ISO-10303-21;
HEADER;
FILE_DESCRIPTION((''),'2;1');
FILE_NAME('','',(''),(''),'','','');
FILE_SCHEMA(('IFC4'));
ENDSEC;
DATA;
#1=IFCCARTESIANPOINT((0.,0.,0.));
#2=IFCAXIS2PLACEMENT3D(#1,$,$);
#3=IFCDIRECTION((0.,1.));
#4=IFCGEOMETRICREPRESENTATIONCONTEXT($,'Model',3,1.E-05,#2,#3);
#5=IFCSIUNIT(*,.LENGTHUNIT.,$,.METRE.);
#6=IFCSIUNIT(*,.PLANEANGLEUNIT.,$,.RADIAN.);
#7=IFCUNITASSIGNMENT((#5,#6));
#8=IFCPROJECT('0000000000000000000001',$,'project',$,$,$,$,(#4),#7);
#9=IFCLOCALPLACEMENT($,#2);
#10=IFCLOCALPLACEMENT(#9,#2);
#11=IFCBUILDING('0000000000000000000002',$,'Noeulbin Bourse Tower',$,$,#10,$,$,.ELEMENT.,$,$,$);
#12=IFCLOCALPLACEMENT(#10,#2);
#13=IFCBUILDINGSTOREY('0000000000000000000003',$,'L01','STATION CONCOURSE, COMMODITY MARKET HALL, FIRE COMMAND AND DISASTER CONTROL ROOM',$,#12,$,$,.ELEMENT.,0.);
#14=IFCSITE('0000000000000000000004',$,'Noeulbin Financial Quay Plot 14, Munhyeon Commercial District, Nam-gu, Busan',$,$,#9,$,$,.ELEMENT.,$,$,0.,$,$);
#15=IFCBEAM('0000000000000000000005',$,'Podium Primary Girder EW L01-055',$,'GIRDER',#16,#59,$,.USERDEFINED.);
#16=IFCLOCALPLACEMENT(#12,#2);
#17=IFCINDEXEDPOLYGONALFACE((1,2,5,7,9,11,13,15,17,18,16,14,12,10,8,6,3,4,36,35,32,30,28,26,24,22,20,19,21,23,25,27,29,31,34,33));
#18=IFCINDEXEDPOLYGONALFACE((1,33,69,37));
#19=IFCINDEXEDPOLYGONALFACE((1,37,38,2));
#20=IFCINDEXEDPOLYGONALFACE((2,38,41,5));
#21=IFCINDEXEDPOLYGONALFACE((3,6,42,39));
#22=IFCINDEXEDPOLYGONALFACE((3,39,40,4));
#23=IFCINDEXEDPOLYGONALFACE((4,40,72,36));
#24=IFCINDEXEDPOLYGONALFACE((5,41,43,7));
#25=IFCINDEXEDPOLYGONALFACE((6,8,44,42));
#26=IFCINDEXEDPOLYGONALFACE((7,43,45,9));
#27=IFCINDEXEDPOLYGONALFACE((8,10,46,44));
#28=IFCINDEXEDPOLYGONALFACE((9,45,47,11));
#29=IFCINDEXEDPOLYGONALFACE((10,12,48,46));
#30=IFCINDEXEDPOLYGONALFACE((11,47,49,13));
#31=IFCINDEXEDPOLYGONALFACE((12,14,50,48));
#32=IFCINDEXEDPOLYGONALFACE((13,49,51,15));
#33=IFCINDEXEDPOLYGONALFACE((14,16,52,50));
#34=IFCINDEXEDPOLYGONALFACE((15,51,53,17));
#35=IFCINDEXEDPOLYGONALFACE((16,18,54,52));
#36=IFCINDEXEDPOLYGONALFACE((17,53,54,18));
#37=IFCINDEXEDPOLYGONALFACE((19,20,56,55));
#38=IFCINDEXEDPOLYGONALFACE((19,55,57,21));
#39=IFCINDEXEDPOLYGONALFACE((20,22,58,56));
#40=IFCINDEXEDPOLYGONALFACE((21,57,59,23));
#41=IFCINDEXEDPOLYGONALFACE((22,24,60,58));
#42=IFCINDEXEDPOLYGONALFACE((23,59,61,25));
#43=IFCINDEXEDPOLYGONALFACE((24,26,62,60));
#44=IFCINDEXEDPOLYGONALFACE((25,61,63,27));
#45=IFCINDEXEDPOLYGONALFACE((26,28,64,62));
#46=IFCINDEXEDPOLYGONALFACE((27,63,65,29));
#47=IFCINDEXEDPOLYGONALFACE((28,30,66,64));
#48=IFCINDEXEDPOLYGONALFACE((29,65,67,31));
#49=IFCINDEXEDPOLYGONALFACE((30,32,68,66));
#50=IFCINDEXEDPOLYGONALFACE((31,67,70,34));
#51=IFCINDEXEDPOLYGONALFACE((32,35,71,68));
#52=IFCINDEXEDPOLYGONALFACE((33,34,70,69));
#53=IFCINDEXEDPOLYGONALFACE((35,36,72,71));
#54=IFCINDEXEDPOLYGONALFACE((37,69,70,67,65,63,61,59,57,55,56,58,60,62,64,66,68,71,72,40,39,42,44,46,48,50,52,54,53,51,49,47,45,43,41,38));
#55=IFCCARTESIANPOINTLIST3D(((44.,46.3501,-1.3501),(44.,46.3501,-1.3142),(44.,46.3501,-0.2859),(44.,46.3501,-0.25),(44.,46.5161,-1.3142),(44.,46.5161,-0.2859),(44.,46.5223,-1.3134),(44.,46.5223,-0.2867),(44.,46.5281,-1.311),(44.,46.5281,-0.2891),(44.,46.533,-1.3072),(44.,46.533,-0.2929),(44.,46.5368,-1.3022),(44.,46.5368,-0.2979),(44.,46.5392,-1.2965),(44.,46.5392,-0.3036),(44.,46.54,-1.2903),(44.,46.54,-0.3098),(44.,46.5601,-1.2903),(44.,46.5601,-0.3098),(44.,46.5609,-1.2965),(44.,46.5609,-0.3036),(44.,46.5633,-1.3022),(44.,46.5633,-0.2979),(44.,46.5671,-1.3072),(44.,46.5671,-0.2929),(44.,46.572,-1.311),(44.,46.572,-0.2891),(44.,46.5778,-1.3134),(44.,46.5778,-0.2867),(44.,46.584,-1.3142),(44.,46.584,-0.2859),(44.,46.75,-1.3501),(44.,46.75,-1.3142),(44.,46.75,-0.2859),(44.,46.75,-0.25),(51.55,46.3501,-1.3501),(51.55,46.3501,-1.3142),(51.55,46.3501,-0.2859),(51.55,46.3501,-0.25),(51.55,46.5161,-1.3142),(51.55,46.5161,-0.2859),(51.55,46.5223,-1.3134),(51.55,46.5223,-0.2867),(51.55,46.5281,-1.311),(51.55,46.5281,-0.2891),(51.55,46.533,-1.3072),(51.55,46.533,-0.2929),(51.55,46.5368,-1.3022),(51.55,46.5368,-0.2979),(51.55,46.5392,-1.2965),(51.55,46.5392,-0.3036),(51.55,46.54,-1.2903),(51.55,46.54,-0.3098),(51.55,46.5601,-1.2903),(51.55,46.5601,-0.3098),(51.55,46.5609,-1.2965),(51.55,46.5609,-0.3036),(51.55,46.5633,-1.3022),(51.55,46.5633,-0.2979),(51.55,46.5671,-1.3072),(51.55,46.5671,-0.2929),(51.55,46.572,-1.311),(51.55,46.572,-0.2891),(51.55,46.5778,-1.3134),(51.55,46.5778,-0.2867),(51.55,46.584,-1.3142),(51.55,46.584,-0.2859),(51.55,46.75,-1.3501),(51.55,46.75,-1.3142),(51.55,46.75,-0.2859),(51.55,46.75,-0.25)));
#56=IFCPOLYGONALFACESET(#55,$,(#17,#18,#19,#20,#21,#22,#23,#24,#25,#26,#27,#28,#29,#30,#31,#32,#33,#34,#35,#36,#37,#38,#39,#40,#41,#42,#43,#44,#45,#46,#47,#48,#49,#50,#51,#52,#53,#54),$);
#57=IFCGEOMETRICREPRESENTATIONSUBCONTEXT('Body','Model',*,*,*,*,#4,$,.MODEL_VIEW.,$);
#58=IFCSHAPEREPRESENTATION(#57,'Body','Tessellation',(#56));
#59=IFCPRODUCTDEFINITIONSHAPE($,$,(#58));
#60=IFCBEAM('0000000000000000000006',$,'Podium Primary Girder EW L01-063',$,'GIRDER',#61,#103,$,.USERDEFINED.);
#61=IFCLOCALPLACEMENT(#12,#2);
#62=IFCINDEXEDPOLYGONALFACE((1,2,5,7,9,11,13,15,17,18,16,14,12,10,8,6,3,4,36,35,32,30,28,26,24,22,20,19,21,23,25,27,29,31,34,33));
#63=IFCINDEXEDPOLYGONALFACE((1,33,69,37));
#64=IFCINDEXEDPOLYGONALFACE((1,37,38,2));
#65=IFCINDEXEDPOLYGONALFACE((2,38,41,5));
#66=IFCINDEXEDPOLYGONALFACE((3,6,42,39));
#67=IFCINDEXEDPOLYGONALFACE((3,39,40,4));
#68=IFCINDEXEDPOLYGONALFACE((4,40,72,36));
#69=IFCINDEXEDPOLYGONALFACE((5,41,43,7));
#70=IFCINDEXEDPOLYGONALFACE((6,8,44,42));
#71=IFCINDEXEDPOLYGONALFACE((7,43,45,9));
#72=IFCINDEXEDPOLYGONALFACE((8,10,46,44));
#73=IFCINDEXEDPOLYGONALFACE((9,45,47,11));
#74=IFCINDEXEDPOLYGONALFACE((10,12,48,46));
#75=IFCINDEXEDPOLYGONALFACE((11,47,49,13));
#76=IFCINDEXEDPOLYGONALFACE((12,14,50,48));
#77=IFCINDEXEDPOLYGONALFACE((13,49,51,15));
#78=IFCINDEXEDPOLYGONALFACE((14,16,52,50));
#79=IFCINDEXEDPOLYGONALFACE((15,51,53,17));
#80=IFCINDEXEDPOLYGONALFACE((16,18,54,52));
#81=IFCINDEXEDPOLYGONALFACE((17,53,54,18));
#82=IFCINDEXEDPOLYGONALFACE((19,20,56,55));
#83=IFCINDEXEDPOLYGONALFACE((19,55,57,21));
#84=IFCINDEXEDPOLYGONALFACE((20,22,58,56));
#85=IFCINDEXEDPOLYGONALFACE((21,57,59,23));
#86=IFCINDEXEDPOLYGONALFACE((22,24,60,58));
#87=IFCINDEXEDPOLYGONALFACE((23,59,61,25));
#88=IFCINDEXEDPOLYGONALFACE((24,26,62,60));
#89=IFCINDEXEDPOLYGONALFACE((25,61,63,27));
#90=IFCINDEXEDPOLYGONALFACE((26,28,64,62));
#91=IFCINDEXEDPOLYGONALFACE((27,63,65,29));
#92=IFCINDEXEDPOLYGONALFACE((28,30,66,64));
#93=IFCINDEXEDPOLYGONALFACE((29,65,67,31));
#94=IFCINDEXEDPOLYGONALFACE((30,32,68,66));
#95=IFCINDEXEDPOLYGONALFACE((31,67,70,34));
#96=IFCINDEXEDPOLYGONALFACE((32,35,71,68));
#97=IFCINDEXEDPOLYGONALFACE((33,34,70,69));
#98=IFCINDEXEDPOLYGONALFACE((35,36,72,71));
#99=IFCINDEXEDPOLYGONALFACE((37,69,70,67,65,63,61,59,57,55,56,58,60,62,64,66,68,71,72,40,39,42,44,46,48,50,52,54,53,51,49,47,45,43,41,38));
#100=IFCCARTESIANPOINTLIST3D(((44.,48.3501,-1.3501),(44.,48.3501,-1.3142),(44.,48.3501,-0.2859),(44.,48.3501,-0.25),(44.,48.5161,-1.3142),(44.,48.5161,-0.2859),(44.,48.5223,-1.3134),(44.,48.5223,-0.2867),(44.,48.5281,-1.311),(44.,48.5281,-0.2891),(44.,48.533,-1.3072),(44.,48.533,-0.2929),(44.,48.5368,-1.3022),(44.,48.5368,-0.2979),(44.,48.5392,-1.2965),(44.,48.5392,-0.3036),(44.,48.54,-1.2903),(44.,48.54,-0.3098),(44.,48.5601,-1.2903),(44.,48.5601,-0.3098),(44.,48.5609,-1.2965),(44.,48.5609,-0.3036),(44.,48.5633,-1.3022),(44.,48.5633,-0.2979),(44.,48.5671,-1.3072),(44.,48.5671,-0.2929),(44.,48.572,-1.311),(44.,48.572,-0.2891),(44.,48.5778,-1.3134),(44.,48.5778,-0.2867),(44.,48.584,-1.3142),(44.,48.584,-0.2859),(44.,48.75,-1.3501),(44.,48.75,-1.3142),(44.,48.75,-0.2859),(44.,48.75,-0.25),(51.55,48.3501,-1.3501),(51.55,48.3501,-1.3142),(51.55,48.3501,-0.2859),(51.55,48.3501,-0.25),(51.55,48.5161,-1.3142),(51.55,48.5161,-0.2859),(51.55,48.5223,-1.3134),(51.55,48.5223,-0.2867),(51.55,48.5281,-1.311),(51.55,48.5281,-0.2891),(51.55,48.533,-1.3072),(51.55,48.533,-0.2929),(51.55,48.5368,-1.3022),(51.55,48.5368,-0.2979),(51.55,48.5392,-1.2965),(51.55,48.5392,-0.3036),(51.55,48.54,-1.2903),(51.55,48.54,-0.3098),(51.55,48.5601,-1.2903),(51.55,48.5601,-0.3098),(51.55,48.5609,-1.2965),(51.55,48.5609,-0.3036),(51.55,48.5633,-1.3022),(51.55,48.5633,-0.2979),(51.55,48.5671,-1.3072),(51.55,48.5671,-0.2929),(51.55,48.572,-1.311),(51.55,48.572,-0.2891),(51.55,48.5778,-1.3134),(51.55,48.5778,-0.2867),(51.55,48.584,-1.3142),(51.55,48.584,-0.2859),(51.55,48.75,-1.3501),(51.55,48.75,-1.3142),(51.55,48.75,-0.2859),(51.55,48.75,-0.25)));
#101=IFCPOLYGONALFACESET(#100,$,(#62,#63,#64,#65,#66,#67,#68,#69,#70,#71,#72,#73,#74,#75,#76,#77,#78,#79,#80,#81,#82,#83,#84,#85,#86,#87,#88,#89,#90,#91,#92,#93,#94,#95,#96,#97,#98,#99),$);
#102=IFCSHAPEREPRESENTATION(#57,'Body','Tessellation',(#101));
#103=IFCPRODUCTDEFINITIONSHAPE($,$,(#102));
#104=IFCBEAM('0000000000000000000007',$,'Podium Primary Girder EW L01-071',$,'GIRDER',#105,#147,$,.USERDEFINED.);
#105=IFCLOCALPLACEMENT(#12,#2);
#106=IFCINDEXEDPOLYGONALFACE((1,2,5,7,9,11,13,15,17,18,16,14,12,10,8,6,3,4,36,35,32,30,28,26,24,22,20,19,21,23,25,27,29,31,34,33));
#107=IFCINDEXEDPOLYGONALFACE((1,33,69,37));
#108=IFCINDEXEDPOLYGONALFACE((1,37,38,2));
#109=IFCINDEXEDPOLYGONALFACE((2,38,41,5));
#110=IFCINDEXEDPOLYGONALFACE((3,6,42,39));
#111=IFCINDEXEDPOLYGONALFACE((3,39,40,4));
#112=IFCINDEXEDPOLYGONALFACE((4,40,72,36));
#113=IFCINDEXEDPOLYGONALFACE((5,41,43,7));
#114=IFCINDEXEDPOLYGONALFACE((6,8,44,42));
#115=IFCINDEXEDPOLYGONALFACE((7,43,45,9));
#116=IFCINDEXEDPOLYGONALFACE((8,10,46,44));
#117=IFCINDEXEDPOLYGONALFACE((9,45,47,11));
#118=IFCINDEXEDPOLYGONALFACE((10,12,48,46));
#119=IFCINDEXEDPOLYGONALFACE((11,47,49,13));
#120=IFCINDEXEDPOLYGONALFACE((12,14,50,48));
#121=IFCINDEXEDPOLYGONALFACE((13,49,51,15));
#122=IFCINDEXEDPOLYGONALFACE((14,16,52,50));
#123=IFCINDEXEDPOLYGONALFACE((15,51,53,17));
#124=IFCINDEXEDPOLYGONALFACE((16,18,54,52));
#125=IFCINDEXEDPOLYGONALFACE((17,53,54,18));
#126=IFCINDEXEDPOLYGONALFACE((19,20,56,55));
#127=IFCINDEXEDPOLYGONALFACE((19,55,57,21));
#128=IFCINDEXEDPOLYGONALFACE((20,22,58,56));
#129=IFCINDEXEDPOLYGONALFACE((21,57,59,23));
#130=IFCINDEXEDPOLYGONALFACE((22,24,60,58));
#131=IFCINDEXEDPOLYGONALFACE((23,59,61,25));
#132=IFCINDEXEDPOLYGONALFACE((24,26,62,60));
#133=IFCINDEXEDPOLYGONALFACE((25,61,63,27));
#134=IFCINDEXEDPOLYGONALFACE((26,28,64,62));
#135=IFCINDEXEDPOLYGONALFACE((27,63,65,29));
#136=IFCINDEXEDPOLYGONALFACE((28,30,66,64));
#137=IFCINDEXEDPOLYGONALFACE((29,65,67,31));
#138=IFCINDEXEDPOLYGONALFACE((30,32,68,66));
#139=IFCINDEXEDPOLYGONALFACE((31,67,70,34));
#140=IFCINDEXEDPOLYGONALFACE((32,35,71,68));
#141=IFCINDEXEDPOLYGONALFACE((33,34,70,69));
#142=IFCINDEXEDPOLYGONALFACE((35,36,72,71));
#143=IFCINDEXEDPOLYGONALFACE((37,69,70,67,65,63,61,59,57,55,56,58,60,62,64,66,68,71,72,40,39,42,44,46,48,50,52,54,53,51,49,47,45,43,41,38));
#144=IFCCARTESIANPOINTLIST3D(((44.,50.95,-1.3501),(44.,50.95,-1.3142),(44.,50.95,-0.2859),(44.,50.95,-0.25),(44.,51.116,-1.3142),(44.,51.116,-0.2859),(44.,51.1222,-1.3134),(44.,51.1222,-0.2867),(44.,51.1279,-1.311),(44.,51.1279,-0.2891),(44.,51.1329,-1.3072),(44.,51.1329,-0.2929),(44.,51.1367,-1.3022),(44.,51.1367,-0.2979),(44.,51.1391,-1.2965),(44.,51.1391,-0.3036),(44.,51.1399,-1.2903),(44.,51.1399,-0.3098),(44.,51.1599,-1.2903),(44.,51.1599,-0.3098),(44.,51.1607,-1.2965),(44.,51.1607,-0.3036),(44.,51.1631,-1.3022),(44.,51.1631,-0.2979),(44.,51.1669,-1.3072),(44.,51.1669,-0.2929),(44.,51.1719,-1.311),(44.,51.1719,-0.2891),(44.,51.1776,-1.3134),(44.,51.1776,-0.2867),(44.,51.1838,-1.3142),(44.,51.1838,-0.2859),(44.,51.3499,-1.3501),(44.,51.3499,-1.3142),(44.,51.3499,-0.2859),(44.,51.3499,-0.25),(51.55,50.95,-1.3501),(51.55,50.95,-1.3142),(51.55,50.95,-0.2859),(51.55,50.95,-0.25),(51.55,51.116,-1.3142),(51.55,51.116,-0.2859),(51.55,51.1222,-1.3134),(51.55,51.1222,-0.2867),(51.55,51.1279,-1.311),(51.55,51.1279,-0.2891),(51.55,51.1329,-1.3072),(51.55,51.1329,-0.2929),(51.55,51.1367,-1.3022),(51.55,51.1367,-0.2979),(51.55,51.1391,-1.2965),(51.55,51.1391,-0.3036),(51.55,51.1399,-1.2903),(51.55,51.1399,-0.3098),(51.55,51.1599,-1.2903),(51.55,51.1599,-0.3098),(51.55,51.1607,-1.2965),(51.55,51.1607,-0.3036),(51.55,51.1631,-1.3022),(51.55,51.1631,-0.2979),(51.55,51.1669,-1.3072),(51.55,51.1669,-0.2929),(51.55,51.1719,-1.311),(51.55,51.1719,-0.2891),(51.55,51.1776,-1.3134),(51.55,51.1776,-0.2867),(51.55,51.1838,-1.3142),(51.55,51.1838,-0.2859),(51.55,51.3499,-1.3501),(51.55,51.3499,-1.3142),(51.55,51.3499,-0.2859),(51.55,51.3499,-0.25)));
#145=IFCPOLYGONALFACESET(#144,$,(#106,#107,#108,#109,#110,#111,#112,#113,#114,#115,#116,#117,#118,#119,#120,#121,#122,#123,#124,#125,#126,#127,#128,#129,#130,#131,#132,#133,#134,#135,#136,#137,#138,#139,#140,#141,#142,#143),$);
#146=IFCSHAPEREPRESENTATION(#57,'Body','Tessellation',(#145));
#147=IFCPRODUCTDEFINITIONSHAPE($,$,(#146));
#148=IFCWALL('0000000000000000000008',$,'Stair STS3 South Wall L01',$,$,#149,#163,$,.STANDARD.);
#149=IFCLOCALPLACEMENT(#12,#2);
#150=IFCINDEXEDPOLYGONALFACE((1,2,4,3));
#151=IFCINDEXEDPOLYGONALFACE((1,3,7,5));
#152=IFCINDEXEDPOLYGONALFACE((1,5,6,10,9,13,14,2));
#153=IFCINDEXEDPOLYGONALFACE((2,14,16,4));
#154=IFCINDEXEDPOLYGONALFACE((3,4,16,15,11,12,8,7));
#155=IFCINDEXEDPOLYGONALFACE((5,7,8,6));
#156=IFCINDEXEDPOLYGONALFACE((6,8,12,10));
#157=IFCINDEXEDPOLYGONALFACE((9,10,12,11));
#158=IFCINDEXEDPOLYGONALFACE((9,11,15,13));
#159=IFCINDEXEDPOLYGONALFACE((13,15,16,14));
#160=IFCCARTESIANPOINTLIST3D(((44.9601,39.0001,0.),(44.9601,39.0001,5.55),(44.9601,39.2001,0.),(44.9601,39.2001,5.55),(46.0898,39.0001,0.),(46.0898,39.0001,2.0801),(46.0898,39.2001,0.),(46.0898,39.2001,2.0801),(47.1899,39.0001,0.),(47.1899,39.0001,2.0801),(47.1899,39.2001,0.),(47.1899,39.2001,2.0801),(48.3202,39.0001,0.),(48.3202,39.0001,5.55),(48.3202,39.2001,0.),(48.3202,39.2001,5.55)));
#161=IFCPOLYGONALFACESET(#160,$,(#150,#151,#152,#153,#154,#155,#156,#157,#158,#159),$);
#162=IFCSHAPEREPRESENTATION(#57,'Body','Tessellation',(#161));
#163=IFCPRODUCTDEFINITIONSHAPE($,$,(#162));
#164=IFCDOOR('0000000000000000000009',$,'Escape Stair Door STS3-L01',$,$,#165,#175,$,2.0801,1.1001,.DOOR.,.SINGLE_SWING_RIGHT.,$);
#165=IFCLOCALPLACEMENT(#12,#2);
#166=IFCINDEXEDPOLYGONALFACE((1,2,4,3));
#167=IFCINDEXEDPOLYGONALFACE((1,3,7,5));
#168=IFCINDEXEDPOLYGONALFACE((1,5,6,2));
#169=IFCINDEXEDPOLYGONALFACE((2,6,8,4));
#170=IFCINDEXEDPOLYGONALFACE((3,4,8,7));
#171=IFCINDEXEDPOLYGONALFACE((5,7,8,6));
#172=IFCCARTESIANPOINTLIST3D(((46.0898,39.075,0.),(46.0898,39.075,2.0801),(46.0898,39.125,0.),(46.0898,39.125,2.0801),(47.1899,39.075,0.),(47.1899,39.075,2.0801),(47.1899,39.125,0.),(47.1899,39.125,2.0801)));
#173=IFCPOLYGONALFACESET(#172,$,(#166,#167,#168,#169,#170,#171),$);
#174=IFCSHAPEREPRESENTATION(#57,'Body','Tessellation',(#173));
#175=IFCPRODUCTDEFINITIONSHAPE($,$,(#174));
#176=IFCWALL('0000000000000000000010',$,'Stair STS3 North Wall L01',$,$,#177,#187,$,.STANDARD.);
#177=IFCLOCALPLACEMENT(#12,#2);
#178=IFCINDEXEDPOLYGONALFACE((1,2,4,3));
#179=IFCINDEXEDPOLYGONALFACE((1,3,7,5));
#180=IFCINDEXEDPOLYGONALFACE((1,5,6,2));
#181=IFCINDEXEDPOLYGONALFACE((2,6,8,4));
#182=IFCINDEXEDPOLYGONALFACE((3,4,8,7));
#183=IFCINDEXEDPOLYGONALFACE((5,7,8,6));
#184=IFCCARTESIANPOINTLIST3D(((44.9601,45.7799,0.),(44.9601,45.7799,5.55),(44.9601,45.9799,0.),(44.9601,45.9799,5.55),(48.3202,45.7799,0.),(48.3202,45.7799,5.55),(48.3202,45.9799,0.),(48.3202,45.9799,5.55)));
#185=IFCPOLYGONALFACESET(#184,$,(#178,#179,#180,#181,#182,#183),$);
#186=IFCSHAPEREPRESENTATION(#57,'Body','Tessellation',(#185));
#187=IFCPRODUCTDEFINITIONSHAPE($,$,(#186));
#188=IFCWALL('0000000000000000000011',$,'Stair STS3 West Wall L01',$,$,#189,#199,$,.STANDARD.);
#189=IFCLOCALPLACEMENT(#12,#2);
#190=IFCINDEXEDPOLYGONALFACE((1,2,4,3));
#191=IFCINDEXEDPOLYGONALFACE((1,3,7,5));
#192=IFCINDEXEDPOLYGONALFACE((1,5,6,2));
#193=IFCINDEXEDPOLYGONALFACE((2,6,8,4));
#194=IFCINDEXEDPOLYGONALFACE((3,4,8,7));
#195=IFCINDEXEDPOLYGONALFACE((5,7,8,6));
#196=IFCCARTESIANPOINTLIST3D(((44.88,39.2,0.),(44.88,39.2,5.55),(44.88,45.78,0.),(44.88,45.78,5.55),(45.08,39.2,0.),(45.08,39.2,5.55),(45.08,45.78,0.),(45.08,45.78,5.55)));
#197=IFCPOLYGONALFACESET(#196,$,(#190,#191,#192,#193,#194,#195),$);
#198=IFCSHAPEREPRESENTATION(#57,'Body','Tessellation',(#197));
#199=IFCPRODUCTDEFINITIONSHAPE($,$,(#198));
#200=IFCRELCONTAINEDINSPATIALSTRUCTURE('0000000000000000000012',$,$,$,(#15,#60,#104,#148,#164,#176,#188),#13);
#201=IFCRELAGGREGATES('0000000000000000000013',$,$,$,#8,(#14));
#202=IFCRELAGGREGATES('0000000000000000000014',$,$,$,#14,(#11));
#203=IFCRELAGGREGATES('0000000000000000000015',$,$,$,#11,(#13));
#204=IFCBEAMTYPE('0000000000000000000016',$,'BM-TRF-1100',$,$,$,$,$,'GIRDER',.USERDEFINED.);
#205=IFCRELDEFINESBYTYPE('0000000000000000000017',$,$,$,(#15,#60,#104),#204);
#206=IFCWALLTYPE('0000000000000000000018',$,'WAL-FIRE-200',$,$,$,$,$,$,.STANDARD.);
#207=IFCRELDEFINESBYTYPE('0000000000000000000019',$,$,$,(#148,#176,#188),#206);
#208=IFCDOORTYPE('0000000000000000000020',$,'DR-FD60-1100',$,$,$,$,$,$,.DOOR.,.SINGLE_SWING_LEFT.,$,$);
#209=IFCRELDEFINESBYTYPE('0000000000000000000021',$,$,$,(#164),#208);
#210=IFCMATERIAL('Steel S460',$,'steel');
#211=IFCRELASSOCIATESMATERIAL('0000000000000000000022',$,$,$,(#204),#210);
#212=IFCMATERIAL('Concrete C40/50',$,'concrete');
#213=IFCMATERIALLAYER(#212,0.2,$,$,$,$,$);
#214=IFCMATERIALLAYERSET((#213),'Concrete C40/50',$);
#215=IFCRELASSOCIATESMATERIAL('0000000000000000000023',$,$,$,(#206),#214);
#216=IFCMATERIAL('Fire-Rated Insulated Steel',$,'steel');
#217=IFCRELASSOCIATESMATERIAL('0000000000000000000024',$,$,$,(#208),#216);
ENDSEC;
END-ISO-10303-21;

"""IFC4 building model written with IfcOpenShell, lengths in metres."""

from ifc_helpers import new_model, si_unit, direction, frame, frame_2d, origin, origin_2d, place, context, subcontext, project, spatial, rectangle, i_section, extrude, material, layer, layer_set, material_profile, profile_set, type_object, element, fill, save


model = new_model("IFC4")

# Units and contexts
model_context = context("Model", 3, precision=1e-05, world=origin(), true_north=direction((0.0, 1.0)))
body_context = subcontext(model_context, "Body", "Model", "MODEL_VIEW")
ifc_project = project(units=[si_unit("LENGTHUNIT", "METRE"), si_unit("PLANEANGLEUNIT", "RADIAN")], contexts=[model_context])

# Site, building, storey
site_placement = place(None, origin())
site = spatial("IfcSite", under=ifc_project, at=site_placement, Name="Noeulbin Financial Quay Plot 14, Munhyeon Commercial District, Nam-gu, Busan", CompositionType="ELEMENT", RefElevation=0.0)
building_placement = place(site_placement, origin())
building = spatial("IfcBuilding", under=site, at=building_placement, Name="Noeulbin Bourse Tower", CompositionType="ELEMENT")
storey_placement = place(building_placement, origin())
storey = spatial("IfcBuildingStorey", under=building, at=storey_placement, Name="L01", Description="STATION CONCOURSE, COMMODITY MARKET HALL, FIRE COMMAND AND DISASTER CONTROL ROOM", CompositionType="ELEMENT", Elevation=0.0)

# Beams
ifc_material_1 = material(Name="Steel S460", Category="steel")
ifc_material_profile_1 = material_profile(ifc_material_1, i_section(OverallWidth=0.3999, OverallDepth=1.1001, WebThickness=0.02, FlangeThickness=0.0359, FilletRadius=0.0239, at=origin_2d()), Name="PG-1100x400x20x36", Category="LoadBearing")
ifc_profile_set_1 = profile_set([ifc_material_profile_1], Name="Steel S460")
beam_type_1 = type_object("IfcBeamType", Name="BM-TRF-1100", ElementType="GIRDER", PredefinedType="USERDEFINED", material=ifc_profile_set_1)
for number, where, z_axis, x_axis, name in (
    (1, (44.0, 46.55, -0.8), (1.0, 0.0, 0.0), (0.0, 1.0, 0.0), "Podium Primary Girder EW L01-055"),
    (2, (44.0, 48.55, -0.8), (1.0, 0.0, 0.0), (0.0, 1.0, 0.0), "Podium Primary Girder EW L01-063"),
    (3, (44.0, 51.1499, -0.8), (1.0, 0.0, 0.0), (0.0, 1.0, 0.0), "Podium Primary Girder EW L01-071"),
):
    element("IfcBeam", number, at=place(storey_placement, frame(where, z_axis=z_axis, x_axis=x_axis)), inside=storey, type_object=beam_type_1, Name=name, ObjectType="GIRDER", PredefinedType="USERDEFINED", context=body_context, shape_type="SweptSolid", body=[
        extrude(i_section(OverallWidth=0.3999, OverallDepth=1.1001, WebThickness=0.02, FlangeThickness=0.0359, FilletRadius=0.0239, at=origin_2d()), origin(), (0.0, 0.0, 1.0), 7.55),
    ])

# Wall, opening, door
ifc_material_2 = material(Name="Concrete C40/50", Category="concrete")
ifc_layer_1 = layer(ifc_material_2, 0.2)
ifc_layer_set_1 = layer_set([ifc_layer_1], Name="Concrete C40/50")
wall_type = type_object("IfcWallType", Name="WAL-FIRE-200", PredefinedType="STANDARD", material=ifc_layer_set_1)
wall_1_placement = place(storey_placement, frame((44.96, 39.1001, 0.0), z_axis=(0.0, 0.0, 1.0), x_axis=(1.0, 0.0, 0.0)))
wall_1 = element("IfcWall", 4, at=wall_1_placement, inside=storey, type_object=wall_type, Name="Stair STS3 South Wall L01", PredefinedType="STANDARD", context=body_context, shape_type="SweptSolid", body=[
    extrude(rectangle(XDim=3.3601, YDim=0.2, at=frame_2d((1.6802, 0.0))), origin(), (0.0, 0.0, 1.0), 5.55),
])
opening_placement = place(wall_1_placement, frame((1.1299, 0.0, 0.0)))
opening = element("IfcOpeningElement", 5, at=opening_placement, cuts=wall_1, PredefinedType="OPENING", context=body_context, shape_type="SweptSolid", body=[
    extrude(rectangle(XDim=1.1001, YDim=2.0801, at=frame_2d((0.55, 1.04))), frame((0.0, 0.1099, 0.0), z_axis=(0.0, -1.0, 0.0), x_axis=(1.0, 0.0, 0.0)), (0.0, 0.0, 1.0), 0.22),
])
ifc_material_3 = material(Name="Fire-Rated Insulated Steel", Category="steel")
door_type = type_object("IfcDoorType", Name="DR-FD60-1100", OperationType="SINGLE_SWING_LEFT", PredefinedType="DOOR", material=ifc_material_3)
door_placement = place(opening_placement, origin())
door = element("IfcDoor", 6, at=door_placement, inside=storey, type_object=door_type, Name="Escape Stair Door STS3-L01", OperationType="SINGLE_SWING_RIGHT", OverallHeight=2.0801, OverallWidth=1.1001, PredefinedType="DOOR", context=body_context, shape_type="SweptSolid", body=[
    extrude(rectangle(XDim=1.1001, YDim=2.0801, at=frame_2d((0.55, 1.04))), frame((0.0, 0.0249, 0.0), z_axis=(0.0, -1.0, 0.0), x_axis=(1.0, 0.0, 0.0)), (0.0, 0.0, 1.0), 0.05),
])
fill(opening, door)

# Walls
wall_2_placement = place(storey_placement, frame((44.96, 45.8799, 0.0), z_axis=(0.0, 0.0, 1.0), x_axis=(1.0, 0.0, 0.0)))
element("IfcWall", 7, at=wall_2_placement, inside=storey, type_object=wall_type, Name="Stair STS3 North Wall L01", PredefinedType="STANDARD", context=body_context, shape_type="SweptSolid", body=[
    extrude(rectangle(XDim=3.3601, YDim=0.2, at=frame_2d((1.6802, 0.0))), origin(), (0.0, 0.0, 1.0), 5.55),
])
wall_3_placement = place(storey_placement, frame((44.98, 39.2, 0.0), z_axis=(0.0, 0.0, 1.0), x_axis=(0.0, 1.0, 0.0)))
element("IfcWall", 8, at=wall_3_placement, inside=storey, type_object=wall_type, Name="Stair STS3 West Wall L01", PredefinedType="STANDARD", context=body_context, shape_type="SweptSolid", body=[
    extrude(rectangle(XDim=6.5801, YDim=0.2, at=frame_2d((3.29, 0.0))), origin(), (0.0, 0.0, 1.0), 5.55),
])

save(model, "model.ifc")
